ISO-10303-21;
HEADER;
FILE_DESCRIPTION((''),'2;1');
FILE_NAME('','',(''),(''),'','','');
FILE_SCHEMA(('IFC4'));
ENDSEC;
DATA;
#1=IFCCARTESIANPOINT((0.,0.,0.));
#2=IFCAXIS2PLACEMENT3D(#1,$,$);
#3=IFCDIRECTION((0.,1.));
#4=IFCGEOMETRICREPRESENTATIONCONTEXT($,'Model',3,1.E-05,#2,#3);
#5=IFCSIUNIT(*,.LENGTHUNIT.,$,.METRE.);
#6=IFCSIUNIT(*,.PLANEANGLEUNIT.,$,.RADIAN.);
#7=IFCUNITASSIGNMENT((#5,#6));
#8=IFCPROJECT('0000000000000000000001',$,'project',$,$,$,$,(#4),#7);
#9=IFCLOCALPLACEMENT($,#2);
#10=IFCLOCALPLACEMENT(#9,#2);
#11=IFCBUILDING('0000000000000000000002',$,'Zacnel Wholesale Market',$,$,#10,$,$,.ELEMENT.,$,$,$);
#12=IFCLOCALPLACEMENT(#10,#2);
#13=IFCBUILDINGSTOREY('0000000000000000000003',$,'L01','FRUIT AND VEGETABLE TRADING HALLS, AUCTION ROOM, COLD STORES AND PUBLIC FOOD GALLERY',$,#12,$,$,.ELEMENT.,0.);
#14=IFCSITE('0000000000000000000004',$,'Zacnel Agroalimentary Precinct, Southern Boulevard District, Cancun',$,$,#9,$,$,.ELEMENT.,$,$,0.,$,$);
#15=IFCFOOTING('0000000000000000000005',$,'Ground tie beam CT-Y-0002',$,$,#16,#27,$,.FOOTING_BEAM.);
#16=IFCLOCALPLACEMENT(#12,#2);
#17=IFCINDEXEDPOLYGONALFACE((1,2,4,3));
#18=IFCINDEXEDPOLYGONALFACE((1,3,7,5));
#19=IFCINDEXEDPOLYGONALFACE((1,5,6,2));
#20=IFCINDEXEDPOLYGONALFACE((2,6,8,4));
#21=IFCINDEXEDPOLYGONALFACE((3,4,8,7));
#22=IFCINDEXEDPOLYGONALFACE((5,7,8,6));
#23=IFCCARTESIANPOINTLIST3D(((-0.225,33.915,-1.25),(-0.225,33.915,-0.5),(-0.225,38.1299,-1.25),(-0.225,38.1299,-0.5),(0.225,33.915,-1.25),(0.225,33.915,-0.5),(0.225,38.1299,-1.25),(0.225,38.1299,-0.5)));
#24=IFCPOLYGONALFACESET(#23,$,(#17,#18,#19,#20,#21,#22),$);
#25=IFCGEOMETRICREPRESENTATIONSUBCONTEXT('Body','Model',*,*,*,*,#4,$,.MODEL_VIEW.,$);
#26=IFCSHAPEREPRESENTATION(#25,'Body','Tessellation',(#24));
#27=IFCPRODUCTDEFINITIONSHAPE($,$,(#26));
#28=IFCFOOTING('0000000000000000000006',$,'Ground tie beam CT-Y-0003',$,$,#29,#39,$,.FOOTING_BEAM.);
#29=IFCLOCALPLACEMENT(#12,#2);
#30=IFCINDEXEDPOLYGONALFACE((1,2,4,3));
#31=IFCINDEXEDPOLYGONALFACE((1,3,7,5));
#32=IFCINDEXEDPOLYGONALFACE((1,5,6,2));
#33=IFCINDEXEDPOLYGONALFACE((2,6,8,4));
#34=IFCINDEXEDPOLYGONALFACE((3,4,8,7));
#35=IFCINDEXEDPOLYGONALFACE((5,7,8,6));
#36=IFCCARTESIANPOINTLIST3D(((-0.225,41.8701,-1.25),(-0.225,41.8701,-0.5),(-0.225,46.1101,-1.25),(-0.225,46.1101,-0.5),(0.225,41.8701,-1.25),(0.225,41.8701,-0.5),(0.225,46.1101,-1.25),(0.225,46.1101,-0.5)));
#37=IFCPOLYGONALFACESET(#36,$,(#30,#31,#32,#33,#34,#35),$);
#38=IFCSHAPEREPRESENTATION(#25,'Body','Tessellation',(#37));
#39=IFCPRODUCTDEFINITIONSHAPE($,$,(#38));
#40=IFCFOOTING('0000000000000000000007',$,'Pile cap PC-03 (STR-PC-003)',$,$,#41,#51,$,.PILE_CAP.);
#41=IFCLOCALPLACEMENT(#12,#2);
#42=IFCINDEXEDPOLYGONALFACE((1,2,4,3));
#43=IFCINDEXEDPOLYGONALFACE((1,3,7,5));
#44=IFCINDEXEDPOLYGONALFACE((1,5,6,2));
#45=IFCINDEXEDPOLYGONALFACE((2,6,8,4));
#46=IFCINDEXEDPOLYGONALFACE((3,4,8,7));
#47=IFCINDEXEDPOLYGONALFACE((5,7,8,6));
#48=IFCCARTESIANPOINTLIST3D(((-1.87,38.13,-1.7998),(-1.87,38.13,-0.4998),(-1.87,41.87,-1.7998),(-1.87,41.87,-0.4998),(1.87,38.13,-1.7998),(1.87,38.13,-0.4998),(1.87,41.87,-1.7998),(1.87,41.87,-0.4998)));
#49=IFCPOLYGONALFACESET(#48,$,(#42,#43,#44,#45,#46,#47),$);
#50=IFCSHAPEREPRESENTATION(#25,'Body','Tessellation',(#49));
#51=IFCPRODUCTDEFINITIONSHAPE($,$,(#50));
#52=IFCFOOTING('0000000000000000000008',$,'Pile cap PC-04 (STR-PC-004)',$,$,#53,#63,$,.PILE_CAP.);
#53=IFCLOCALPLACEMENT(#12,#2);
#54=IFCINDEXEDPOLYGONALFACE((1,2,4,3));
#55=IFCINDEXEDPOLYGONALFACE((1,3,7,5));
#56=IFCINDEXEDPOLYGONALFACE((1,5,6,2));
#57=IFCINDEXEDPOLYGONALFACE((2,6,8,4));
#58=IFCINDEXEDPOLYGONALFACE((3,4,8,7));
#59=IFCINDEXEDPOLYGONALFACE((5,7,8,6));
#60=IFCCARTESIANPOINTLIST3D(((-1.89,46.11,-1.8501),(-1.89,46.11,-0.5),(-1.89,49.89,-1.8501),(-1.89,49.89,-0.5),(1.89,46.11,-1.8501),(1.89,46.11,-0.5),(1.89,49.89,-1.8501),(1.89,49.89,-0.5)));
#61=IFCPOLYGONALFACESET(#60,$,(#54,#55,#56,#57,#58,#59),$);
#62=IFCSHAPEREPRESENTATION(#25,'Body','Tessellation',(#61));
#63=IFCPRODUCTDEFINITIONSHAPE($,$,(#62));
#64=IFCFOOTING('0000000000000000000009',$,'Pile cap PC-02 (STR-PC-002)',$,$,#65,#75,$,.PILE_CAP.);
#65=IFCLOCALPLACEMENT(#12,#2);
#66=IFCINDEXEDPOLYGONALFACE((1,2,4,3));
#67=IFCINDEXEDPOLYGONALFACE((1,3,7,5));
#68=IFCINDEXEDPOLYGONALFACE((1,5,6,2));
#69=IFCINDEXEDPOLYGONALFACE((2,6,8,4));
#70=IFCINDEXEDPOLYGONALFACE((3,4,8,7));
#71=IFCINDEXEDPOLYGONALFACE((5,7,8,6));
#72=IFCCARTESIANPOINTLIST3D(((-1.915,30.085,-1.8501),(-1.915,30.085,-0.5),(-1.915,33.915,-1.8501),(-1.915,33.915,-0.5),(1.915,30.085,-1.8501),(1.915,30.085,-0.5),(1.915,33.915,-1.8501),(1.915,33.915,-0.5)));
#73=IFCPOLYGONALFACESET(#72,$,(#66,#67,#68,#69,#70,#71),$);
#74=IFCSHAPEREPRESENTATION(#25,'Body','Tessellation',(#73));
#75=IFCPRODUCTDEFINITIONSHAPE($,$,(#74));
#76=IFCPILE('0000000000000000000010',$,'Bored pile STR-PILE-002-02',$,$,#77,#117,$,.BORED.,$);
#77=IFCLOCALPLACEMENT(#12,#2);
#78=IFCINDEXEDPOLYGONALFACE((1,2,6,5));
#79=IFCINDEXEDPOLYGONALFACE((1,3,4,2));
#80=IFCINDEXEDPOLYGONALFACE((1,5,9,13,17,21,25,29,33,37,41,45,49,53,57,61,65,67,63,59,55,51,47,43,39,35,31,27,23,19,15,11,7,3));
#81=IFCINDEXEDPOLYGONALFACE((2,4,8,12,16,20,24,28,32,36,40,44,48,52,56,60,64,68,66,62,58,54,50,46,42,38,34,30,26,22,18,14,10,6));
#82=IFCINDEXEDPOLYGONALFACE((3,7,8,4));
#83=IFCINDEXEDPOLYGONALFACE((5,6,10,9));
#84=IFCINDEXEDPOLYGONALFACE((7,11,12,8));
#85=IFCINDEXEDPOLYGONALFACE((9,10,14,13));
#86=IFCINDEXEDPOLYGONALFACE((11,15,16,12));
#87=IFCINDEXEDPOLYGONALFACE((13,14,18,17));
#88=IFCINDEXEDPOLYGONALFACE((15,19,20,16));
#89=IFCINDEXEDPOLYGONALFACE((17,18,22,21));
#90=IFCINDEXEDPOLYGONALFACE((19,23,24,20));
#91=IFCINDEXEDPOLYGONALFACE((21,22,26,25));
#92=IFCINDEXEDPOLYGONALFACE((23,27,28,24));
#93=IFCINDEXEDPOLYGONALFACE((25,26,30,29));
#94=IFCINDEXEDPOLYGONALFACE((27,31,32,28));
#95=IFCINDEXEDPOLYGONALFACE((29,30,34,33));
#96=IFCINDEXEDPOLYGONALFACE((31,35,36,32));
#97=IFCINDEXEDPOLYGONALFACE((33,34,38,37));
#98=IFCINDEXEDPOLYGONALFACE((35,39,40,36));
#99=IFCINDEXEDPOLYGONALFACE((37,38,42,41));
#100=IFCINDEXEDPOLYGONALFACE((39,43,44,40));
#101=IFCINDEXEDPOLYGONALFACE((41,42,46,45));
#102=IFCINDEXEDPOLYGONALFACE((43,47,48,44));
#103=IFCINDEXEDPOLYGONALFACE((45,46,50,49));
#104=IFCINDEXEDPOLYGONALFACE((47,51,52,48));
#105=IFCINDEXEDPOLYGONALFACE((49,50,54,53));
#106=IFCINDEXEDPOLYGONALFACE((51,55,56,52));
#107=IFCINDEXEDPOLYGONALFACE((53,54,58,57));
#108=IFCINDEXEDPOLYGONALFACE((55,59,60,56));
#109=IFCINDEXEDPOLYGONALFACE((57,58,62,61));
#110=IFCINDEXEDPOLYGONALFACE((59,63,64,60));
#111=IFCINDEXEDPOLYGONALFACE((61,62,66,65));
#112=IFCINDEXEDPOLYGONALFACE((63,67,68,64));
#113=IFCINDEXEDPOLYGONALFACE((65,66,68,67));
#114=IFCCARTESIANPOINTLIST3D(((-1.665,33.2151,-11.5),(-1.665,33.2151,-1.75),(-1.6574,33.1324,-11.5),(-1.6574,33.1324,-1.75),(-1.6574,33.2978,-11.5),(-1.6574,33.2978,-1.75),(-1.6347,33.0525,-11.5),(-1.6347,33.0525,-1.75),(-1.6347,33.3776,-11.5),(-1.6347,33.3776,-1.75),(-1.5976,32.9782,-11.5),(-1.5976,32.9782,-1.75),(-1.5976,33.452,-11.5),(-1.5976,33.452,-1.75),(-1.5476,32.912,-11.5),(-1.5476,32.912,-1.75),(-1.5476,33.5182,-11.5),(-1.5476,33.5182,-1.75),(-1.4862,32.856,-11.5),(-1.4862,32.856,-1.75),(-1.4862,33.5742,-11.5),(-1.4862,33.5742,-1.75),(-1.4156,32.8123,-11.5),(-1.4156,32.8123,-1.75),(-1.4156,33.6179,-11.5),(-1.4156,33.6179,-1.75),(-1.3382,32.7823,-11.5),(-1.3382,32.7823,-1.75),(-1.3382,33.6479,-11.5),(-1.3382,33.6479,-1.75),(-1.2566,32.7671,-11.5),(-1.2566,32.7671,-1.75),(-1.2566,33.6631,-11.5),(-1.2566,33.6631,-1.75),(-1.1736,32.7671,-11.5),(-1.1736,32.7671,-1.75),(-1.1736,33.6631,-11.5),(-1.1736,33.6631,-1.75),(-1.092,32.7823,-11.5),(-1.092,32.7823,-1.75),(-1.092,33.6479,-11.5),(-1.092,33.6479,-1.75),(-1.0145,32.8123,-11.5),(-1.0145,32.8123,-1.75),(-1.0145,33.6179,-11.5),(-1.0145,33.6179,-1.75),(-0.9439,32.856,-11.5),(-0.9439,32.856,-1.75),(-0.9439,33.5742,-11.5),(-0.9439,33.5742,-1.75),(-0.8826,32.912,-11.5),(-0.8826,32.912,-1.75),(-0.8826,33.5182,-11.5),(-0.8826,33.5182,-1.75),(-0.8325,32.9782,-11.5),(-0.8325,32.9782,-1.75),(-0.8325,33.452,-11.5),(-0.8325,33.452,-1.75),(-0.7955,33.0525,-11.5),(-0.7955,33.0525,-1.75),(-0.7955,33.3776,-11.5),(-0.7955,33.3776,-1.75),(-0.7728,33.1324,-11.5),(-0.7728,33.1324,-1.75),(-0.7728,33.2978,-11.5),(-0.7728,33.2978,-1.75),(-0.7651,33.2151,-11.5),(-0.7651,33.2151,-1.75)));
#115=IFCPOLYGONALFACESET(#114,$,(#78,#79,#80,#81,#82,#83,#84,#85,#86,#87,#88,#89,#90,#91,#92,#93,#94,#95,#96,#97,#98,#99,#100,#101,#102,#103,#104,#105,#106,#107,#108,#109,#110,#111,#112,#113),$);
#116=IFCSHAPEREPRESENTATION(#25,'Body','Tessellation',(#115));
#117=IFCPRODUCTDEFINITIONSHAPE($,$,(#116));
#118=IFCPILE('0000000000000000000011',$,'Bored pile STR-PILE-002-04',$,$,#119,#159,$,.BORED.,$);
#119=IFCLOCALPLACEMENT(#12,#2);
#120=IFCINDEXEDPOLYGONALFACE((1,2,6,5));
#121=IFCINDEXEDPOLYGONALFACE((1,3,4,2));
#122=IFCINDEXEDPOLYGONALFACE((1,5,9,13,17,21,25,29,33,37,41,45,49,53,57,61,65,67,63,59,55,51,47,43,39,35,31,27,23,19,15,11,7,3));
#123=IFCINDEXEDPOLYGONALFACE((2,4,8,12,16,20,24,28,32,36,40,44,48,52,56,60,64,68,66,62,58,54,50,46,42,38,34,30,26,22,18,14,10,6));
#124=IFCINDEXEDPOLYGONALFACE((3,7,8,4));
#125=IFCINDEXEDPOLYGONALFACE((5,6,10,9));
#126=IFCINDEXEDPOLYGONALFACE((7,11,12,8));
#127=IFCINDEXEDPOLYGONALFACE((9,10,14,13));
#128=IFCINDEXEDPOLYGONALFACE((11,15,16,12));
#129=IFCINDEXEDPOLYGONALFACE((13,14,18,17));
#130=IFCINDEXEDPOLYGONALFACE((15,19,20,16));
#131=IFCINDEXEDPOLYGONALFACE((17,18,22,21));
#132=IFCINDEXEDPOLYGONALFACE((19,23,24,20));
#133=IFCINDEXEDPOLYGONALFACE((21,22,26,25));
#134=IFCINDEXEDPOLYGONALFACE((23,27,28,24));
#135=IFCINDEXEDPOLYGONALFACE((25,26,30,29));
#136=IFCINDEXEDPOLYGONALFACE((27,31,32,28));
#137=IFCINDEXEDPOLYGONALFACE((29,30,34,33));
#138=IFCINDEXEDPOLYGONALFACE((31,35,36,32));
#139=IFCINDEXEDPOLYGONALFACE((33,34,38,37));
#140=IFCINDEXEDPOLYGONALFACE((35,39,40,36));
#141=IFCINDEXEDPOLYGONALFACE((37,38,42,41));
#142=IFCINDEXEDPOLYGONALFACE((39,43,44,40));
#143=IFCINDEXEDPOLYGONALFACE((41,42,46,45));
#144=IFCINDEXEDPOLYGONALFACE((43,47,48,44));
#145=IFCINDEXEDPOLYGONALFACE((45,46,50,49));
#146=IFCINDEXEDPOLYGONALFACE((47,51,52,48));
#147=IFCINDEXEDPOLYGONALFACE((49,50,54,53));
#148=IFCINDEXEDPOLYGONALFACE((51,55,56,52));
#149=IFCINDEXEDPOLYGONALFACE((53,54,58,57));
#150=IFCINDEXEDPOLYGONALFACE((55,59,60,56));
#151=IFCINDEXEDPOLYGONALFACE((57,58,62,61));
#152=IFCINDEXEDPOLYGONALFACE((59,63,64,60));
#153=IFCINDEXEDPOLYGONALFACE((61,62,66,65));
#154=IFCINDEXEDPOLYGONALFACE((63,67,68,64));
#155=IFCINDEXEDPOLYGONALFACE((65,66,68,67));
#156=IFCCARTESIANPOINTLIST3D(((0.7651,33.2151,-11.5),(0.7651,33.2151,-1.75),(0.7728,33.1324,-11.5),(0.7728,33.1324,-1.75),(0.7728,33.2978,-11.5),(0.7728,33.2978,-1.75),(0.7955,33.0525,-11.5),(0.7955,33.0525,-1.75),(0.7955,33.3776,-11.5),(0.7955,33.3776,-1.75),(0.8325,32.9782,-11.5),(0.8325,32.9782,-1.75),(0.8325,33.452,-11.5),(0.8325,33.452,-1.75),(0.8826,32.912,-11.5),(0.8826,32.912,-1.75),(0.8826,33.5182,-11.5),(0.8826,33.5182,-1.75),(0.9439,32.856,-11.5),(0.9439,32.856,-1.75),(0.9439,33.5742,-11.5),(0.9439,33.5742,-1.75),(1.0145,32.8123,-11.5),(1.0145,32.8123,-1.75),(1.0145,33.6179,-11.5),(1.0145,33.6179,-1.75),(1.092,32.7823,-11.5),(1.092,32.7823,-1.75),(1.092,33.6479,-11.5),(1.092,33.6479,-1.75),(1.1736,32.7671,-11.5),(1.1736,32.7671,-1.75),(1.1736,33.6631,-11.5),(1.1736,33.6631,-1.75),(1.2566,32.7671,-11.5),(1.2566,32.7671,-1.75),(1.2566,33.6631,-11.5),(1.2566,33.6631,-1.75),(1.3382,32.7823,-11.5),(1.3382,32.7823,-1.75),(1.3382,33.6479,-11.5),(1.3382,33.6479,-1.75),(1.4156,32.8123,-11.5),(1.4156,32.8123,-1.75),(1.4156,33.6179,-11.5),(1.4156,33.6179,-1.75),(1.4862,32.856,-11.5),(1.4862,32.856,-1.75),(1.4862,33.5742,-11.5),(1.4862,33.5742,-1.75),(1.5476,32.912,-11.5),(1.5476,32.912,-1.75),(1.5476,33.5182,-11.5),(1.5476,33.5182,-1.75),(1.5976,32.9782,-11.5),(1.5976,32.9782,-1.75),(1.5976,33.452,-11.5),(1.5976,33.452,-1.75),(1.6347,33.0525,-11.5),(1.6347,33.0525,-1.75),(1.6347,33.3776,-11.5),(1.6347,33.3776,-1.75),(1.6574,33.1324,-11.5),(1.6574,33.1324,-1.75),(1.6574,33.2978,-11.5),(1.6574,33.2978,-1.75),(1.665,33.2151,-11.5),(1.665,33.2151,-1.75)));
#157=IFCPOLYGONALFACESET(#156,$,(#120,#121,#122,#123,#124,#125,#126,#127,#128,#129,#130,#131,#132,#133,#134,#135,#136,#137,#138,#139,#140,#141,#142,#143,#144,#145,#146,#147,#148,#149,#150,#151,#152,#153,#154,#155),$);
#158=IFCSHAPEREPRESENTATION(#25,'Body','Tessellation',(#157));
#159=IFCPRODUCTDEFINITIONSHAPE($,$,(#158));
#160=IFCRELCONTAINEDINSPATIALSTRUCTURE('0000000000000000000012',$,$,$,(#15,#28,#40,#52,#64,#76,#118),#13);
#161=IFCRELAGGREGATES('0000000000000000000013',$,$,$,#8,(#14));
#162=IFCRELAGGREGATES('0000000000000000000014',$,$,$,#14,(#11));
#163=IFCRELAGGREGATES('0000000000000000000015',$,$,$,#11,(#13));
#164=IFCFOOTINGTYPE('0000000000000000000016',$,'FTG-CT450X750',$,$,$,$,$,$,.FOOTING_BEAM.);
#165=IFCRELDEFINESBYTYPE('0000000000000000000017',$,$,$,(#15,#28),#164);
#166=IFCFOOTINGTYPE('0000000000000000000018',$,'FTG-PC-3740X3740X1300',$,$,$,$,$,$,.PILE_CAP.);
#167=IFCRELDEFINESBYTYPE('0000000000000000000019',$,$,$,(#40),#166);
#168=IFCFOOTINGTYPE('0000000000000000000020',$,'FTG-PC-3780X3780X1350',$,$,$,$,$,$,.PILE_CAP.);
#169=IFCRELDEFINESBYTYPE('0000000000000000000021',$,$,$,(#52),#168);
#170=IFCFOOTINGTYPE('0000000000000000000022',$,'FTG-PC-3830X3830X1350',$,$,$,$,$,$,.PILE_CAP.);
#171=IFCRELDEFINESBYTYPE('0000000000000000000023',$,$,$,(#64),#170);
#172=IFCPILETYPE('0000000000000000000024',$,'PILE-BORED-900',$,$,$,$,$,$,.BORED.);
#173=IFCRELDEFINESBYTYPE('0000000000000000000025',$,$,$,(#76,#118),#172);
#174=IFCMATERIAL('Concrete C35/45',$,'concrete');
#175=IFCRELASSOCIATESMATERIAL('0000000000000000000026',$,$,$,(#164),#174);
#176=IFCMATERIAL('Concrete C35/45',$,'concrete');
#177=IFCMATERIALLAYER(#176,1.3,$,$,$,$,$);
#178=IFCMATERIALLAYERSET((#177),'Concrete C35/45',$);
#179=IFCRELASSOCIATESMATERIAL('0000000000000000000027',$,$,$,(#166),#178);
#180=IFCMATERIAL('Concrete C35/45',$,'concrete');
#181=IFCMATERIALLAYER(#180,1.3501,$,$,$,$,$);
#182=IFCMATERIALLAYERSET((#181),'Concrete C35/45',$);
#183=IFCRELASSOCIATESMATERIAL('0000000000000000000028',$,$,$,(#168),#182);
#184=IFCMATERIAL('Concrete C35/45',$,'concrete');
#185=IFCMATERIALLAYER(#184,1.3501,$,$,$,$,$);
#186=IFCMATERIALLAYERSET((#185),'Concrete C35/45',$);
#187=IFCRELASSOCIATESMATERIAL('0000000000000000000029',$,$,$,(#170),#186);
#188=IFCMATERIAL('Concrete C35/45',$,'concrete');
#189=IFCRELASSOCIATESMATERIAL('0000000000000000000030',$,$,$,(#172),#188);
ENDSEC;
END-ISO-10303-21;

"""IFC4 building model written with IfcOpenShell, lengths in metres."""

from ifc_helpers import new_model, si_unit, direction, frame, origin, origin_2d, place, context, subcontext, project, spatial, rectangle, circle, extrude, material, layer, layer_set, material_profile, profile_set, type_object, element, save


model = new_model("IFC4")

# Units and contexts
model_context = context("Model", 3, precision=1e-05, world=origin(), true_north=direction((0.0, 1.0)))
body_context = subcontext(model_context, "Body", "Model", "MODEL_VIEW")
ifc_project = project(units=[si_unit("LENGTHUNIT", "METRE"), si_unit("PLANEANGLEUNIT", "RADIAN")], contexts=[model_context])

# Site, building, storey
site_placement = place(None, origin())
site = spatial("IfcSite", under=ifc_project, at=site_placement, Name="Zacnel Agroalimentary Precinct, Southern Boulevard District, Cancun", CompositionType="ELEMENT", RefElevation=0.0)
building_placement = place(site_placement, origin())
building = spatial("IfcBuilding", under=site, at=building_placement, Name="Zacnel Wholesale Market", CompositionType="ELEMENT")
storey_placement = place(building_placement, origin())
storey = spatial("IfcBuildingStorey", under=building, at=storey_placement, Name="L01", Description="FRUIT AND VEGETABLE TRADING HALLS, AUCTION ROOM, COLD STORES AND PUBLIC FOOD GALLERY", CompositionType="ELEMENT", Elevation=0.0)

# Footings
ifc_material_1 = material(Name="Concrete C35/45", Category="concrete")
ifc_material_profile_1 = material_profile(ifc_material_1, rectangle(XDim=0.45, YDim=0.75, at=origin_2d()), Name="CT 450x750")
ifc_profile_set_1 = profile_set([ifc_material_profile_1], Name="Concrete C35/45")
footing_type_1 = type_object("IfcFootingType", Name="FTG-CT450X750", PredefinedType="FOOTING_BEAM", material=ifc_profile_set_1)
footing_1_placement = place(storey_placement, frame((0.0, 33.915, -0.875), z_axis=(0.0, 1.0, 0.0), x_axis=(-1.0, 0.0, 0.0)))
element("IfcFooting", 1, at=footing_1_placement, inside=storey, type_object=footing_type_1, Name="Ground tie beam CT-Y-0002", PredefinedType="FOOTING_BEAM", context=body_context, shape_type="SweptSolid", body=[
    extrude(rectangle(XDim=0.45, YDim=0.75, at=origin_2d()), origin(), (0.0, 0.0, 1.0), 4.2148),
])
footing_2_placement = place(storey_placement, frame((0.0, 41.8701, -0.875), z_axis=(0.0, 1.0, 0.0), x_axis=(-1.0, 0.0, 0.0)))
element("IfcFooting", 2, at=footing_2_placement, inside=storey, type_object=footing_type_1, Name="Ground tie beam CT-Y-0003", PredefinedType="FOOTING_BEAM", context=body_context, shape_type="SweptSolid", body=[
    extrude(rectangle(XDim=0.45, YDim=0.75, at=origin_2d()), origin(), (0.0, 0.0, 1.0), 4.24),
])
ifc_material_2 = material(Name="Concrete C35/45", Category="concrete")
ifc_layer_1 = layer(ifc_material_2, 1.3)
ifc_layer_set_1 = layer_set([ifc_layer_1], Name="Concrete C35/45")
footing_type_2 = type_object("IfcFootingType", Name="FTG-PC-3740X3740X1300", PredefinedType="PILE_CAP", material=ifc_layer_set_1)
footing_3_placement = place(storey_placement, frame((0.0, 40.0, -1.7998), z_axis=(0.0, 0.0, 1.0), x_axis=(1.0, 0.0, 0.0)))
element("IfcFooting", 3, at=footing_3_placement, inside=storey, type_object=footing_type_2, Name="Pile cap PC-03 (STR-PC-003)", PredefinedType="PILE_CAP", context=body_context, shape_type="SweptSolid", body=[
    extrude(rectangle(XDim=3.74, YDim=3.74, at=origin_2d()), origin(), (0.0, 0.0, 1.0), 1.3),
])
ifc_material_3 = material(Name="Concrete C35/45", Category="concrete")
ifc_layer_2 = layer(ifc_material_3, 1.3501)
ifc_layer_set_2 = layer_set([ifc_layer_2], Name="Concrete C35/45")
footing_type_3 = type_object("IfcFootingType", Name="FTG-PC-3780X3780X1350", PredefinedType="PILE_CAP", material=ifc_layer_set_2)
footing_4_placement = place(storey_placement, frame((0.0, 48.0, -1.8501), z_axis=(0.0, 0.0, 1.0), x_axis=(1.0, 0.0, 0.0)))
element("IfcFooting", 4, at=footing_4_placement, inside=storey, type_object=footing_type_3, Name="Pile cap PC-04 (STR-PC-004)", PredefinedType="PILE_CAP", context=body_context, shape_type="SweptSolid", body=[
    extrude(rectangle(XDim=3.78, YDim=3.78, at=origin_2d()), origin(), (0.0, 0.0, 1.0), 1.3501),
])
ifc_material_4 = material(Name="Concrete C35/45", Category="concrete")
ifc_layer_3 = layer(ifc_material_4, 1.3501)
ifc_layer_set_3 = layer_set([ifc_layer_3], Name="Concrete C35/45")
footing_type_4 = type_object("IfcFootingType", Name="FTG-PC-3830X3830X1350", PredefinedType="PILE_CAP", material=ifc_layer_set_3)
footing_5_placement = place(storey_placement, frame((0.0, 32.0, -1.8501), z_axis=(0.0, 0.0, 1.0), x_axis=(1.0, 0.0, 0.0)))
element("IfcFooting", 5, at=footing_5_placement, inside=storey, type_object=footing_type_4, Name="Pile cap PC-02 (STR-PC-002)", PredefinedType="PILE_CAP", context=body_context, shape_type="SweptSolid", body=[
    extrude(rectangle(XDim=3.8301, YDim=3.8301, at=origin_2d()), origin(), (0.0, 0.0, 1.0), 1.3501),
])

# Piles
ifc_material_5 = material(Name="Concrete C35/45", Category="concrete")
ifc_material_profile_2 = material_profile(ifc_material_5, circle(Radius=0.45, at=origin_2d()), Name="BORED PILE D900")
ifc_profile_set_2 = profile_set([ifc_material_profile_2], Name="Concrete C35/45")
pile_type = type_object("IfcPileType", Name="PILE-BORED-900", PredefinedType="BORED", material=ifc_profile_set_2)
for number, where, z_axis, x_axis, name in (
    (6, (-1.2151, 33.2151, -1.75), (0.0, 0.0, -1.0), (1.0, 0.0, 0.0), "Bored pile STR-PILE-002-02"),
    (7, (1.2151, 33.2151, -1.75), (0.0, 0.0, -1.0), (1.0, 0.0, 0.0), "Bored pile STR-PILE-002-04"),
):
    element("IfcPile", number, at=place(storey_placement, frame(where, z_axis=z_axis, x_axis=x_axis)), inside=storey, type_object=pile_type, Name=name, PredefinedType="BORED", context=body_context, shape_type="SweptSolid", body=[
        extrude(circle(Radius=0.45, at=origin_2d()), origin(), (0.0, 0.0, 1.0), 9.75),
    ])

save(model, "model.ifc")
